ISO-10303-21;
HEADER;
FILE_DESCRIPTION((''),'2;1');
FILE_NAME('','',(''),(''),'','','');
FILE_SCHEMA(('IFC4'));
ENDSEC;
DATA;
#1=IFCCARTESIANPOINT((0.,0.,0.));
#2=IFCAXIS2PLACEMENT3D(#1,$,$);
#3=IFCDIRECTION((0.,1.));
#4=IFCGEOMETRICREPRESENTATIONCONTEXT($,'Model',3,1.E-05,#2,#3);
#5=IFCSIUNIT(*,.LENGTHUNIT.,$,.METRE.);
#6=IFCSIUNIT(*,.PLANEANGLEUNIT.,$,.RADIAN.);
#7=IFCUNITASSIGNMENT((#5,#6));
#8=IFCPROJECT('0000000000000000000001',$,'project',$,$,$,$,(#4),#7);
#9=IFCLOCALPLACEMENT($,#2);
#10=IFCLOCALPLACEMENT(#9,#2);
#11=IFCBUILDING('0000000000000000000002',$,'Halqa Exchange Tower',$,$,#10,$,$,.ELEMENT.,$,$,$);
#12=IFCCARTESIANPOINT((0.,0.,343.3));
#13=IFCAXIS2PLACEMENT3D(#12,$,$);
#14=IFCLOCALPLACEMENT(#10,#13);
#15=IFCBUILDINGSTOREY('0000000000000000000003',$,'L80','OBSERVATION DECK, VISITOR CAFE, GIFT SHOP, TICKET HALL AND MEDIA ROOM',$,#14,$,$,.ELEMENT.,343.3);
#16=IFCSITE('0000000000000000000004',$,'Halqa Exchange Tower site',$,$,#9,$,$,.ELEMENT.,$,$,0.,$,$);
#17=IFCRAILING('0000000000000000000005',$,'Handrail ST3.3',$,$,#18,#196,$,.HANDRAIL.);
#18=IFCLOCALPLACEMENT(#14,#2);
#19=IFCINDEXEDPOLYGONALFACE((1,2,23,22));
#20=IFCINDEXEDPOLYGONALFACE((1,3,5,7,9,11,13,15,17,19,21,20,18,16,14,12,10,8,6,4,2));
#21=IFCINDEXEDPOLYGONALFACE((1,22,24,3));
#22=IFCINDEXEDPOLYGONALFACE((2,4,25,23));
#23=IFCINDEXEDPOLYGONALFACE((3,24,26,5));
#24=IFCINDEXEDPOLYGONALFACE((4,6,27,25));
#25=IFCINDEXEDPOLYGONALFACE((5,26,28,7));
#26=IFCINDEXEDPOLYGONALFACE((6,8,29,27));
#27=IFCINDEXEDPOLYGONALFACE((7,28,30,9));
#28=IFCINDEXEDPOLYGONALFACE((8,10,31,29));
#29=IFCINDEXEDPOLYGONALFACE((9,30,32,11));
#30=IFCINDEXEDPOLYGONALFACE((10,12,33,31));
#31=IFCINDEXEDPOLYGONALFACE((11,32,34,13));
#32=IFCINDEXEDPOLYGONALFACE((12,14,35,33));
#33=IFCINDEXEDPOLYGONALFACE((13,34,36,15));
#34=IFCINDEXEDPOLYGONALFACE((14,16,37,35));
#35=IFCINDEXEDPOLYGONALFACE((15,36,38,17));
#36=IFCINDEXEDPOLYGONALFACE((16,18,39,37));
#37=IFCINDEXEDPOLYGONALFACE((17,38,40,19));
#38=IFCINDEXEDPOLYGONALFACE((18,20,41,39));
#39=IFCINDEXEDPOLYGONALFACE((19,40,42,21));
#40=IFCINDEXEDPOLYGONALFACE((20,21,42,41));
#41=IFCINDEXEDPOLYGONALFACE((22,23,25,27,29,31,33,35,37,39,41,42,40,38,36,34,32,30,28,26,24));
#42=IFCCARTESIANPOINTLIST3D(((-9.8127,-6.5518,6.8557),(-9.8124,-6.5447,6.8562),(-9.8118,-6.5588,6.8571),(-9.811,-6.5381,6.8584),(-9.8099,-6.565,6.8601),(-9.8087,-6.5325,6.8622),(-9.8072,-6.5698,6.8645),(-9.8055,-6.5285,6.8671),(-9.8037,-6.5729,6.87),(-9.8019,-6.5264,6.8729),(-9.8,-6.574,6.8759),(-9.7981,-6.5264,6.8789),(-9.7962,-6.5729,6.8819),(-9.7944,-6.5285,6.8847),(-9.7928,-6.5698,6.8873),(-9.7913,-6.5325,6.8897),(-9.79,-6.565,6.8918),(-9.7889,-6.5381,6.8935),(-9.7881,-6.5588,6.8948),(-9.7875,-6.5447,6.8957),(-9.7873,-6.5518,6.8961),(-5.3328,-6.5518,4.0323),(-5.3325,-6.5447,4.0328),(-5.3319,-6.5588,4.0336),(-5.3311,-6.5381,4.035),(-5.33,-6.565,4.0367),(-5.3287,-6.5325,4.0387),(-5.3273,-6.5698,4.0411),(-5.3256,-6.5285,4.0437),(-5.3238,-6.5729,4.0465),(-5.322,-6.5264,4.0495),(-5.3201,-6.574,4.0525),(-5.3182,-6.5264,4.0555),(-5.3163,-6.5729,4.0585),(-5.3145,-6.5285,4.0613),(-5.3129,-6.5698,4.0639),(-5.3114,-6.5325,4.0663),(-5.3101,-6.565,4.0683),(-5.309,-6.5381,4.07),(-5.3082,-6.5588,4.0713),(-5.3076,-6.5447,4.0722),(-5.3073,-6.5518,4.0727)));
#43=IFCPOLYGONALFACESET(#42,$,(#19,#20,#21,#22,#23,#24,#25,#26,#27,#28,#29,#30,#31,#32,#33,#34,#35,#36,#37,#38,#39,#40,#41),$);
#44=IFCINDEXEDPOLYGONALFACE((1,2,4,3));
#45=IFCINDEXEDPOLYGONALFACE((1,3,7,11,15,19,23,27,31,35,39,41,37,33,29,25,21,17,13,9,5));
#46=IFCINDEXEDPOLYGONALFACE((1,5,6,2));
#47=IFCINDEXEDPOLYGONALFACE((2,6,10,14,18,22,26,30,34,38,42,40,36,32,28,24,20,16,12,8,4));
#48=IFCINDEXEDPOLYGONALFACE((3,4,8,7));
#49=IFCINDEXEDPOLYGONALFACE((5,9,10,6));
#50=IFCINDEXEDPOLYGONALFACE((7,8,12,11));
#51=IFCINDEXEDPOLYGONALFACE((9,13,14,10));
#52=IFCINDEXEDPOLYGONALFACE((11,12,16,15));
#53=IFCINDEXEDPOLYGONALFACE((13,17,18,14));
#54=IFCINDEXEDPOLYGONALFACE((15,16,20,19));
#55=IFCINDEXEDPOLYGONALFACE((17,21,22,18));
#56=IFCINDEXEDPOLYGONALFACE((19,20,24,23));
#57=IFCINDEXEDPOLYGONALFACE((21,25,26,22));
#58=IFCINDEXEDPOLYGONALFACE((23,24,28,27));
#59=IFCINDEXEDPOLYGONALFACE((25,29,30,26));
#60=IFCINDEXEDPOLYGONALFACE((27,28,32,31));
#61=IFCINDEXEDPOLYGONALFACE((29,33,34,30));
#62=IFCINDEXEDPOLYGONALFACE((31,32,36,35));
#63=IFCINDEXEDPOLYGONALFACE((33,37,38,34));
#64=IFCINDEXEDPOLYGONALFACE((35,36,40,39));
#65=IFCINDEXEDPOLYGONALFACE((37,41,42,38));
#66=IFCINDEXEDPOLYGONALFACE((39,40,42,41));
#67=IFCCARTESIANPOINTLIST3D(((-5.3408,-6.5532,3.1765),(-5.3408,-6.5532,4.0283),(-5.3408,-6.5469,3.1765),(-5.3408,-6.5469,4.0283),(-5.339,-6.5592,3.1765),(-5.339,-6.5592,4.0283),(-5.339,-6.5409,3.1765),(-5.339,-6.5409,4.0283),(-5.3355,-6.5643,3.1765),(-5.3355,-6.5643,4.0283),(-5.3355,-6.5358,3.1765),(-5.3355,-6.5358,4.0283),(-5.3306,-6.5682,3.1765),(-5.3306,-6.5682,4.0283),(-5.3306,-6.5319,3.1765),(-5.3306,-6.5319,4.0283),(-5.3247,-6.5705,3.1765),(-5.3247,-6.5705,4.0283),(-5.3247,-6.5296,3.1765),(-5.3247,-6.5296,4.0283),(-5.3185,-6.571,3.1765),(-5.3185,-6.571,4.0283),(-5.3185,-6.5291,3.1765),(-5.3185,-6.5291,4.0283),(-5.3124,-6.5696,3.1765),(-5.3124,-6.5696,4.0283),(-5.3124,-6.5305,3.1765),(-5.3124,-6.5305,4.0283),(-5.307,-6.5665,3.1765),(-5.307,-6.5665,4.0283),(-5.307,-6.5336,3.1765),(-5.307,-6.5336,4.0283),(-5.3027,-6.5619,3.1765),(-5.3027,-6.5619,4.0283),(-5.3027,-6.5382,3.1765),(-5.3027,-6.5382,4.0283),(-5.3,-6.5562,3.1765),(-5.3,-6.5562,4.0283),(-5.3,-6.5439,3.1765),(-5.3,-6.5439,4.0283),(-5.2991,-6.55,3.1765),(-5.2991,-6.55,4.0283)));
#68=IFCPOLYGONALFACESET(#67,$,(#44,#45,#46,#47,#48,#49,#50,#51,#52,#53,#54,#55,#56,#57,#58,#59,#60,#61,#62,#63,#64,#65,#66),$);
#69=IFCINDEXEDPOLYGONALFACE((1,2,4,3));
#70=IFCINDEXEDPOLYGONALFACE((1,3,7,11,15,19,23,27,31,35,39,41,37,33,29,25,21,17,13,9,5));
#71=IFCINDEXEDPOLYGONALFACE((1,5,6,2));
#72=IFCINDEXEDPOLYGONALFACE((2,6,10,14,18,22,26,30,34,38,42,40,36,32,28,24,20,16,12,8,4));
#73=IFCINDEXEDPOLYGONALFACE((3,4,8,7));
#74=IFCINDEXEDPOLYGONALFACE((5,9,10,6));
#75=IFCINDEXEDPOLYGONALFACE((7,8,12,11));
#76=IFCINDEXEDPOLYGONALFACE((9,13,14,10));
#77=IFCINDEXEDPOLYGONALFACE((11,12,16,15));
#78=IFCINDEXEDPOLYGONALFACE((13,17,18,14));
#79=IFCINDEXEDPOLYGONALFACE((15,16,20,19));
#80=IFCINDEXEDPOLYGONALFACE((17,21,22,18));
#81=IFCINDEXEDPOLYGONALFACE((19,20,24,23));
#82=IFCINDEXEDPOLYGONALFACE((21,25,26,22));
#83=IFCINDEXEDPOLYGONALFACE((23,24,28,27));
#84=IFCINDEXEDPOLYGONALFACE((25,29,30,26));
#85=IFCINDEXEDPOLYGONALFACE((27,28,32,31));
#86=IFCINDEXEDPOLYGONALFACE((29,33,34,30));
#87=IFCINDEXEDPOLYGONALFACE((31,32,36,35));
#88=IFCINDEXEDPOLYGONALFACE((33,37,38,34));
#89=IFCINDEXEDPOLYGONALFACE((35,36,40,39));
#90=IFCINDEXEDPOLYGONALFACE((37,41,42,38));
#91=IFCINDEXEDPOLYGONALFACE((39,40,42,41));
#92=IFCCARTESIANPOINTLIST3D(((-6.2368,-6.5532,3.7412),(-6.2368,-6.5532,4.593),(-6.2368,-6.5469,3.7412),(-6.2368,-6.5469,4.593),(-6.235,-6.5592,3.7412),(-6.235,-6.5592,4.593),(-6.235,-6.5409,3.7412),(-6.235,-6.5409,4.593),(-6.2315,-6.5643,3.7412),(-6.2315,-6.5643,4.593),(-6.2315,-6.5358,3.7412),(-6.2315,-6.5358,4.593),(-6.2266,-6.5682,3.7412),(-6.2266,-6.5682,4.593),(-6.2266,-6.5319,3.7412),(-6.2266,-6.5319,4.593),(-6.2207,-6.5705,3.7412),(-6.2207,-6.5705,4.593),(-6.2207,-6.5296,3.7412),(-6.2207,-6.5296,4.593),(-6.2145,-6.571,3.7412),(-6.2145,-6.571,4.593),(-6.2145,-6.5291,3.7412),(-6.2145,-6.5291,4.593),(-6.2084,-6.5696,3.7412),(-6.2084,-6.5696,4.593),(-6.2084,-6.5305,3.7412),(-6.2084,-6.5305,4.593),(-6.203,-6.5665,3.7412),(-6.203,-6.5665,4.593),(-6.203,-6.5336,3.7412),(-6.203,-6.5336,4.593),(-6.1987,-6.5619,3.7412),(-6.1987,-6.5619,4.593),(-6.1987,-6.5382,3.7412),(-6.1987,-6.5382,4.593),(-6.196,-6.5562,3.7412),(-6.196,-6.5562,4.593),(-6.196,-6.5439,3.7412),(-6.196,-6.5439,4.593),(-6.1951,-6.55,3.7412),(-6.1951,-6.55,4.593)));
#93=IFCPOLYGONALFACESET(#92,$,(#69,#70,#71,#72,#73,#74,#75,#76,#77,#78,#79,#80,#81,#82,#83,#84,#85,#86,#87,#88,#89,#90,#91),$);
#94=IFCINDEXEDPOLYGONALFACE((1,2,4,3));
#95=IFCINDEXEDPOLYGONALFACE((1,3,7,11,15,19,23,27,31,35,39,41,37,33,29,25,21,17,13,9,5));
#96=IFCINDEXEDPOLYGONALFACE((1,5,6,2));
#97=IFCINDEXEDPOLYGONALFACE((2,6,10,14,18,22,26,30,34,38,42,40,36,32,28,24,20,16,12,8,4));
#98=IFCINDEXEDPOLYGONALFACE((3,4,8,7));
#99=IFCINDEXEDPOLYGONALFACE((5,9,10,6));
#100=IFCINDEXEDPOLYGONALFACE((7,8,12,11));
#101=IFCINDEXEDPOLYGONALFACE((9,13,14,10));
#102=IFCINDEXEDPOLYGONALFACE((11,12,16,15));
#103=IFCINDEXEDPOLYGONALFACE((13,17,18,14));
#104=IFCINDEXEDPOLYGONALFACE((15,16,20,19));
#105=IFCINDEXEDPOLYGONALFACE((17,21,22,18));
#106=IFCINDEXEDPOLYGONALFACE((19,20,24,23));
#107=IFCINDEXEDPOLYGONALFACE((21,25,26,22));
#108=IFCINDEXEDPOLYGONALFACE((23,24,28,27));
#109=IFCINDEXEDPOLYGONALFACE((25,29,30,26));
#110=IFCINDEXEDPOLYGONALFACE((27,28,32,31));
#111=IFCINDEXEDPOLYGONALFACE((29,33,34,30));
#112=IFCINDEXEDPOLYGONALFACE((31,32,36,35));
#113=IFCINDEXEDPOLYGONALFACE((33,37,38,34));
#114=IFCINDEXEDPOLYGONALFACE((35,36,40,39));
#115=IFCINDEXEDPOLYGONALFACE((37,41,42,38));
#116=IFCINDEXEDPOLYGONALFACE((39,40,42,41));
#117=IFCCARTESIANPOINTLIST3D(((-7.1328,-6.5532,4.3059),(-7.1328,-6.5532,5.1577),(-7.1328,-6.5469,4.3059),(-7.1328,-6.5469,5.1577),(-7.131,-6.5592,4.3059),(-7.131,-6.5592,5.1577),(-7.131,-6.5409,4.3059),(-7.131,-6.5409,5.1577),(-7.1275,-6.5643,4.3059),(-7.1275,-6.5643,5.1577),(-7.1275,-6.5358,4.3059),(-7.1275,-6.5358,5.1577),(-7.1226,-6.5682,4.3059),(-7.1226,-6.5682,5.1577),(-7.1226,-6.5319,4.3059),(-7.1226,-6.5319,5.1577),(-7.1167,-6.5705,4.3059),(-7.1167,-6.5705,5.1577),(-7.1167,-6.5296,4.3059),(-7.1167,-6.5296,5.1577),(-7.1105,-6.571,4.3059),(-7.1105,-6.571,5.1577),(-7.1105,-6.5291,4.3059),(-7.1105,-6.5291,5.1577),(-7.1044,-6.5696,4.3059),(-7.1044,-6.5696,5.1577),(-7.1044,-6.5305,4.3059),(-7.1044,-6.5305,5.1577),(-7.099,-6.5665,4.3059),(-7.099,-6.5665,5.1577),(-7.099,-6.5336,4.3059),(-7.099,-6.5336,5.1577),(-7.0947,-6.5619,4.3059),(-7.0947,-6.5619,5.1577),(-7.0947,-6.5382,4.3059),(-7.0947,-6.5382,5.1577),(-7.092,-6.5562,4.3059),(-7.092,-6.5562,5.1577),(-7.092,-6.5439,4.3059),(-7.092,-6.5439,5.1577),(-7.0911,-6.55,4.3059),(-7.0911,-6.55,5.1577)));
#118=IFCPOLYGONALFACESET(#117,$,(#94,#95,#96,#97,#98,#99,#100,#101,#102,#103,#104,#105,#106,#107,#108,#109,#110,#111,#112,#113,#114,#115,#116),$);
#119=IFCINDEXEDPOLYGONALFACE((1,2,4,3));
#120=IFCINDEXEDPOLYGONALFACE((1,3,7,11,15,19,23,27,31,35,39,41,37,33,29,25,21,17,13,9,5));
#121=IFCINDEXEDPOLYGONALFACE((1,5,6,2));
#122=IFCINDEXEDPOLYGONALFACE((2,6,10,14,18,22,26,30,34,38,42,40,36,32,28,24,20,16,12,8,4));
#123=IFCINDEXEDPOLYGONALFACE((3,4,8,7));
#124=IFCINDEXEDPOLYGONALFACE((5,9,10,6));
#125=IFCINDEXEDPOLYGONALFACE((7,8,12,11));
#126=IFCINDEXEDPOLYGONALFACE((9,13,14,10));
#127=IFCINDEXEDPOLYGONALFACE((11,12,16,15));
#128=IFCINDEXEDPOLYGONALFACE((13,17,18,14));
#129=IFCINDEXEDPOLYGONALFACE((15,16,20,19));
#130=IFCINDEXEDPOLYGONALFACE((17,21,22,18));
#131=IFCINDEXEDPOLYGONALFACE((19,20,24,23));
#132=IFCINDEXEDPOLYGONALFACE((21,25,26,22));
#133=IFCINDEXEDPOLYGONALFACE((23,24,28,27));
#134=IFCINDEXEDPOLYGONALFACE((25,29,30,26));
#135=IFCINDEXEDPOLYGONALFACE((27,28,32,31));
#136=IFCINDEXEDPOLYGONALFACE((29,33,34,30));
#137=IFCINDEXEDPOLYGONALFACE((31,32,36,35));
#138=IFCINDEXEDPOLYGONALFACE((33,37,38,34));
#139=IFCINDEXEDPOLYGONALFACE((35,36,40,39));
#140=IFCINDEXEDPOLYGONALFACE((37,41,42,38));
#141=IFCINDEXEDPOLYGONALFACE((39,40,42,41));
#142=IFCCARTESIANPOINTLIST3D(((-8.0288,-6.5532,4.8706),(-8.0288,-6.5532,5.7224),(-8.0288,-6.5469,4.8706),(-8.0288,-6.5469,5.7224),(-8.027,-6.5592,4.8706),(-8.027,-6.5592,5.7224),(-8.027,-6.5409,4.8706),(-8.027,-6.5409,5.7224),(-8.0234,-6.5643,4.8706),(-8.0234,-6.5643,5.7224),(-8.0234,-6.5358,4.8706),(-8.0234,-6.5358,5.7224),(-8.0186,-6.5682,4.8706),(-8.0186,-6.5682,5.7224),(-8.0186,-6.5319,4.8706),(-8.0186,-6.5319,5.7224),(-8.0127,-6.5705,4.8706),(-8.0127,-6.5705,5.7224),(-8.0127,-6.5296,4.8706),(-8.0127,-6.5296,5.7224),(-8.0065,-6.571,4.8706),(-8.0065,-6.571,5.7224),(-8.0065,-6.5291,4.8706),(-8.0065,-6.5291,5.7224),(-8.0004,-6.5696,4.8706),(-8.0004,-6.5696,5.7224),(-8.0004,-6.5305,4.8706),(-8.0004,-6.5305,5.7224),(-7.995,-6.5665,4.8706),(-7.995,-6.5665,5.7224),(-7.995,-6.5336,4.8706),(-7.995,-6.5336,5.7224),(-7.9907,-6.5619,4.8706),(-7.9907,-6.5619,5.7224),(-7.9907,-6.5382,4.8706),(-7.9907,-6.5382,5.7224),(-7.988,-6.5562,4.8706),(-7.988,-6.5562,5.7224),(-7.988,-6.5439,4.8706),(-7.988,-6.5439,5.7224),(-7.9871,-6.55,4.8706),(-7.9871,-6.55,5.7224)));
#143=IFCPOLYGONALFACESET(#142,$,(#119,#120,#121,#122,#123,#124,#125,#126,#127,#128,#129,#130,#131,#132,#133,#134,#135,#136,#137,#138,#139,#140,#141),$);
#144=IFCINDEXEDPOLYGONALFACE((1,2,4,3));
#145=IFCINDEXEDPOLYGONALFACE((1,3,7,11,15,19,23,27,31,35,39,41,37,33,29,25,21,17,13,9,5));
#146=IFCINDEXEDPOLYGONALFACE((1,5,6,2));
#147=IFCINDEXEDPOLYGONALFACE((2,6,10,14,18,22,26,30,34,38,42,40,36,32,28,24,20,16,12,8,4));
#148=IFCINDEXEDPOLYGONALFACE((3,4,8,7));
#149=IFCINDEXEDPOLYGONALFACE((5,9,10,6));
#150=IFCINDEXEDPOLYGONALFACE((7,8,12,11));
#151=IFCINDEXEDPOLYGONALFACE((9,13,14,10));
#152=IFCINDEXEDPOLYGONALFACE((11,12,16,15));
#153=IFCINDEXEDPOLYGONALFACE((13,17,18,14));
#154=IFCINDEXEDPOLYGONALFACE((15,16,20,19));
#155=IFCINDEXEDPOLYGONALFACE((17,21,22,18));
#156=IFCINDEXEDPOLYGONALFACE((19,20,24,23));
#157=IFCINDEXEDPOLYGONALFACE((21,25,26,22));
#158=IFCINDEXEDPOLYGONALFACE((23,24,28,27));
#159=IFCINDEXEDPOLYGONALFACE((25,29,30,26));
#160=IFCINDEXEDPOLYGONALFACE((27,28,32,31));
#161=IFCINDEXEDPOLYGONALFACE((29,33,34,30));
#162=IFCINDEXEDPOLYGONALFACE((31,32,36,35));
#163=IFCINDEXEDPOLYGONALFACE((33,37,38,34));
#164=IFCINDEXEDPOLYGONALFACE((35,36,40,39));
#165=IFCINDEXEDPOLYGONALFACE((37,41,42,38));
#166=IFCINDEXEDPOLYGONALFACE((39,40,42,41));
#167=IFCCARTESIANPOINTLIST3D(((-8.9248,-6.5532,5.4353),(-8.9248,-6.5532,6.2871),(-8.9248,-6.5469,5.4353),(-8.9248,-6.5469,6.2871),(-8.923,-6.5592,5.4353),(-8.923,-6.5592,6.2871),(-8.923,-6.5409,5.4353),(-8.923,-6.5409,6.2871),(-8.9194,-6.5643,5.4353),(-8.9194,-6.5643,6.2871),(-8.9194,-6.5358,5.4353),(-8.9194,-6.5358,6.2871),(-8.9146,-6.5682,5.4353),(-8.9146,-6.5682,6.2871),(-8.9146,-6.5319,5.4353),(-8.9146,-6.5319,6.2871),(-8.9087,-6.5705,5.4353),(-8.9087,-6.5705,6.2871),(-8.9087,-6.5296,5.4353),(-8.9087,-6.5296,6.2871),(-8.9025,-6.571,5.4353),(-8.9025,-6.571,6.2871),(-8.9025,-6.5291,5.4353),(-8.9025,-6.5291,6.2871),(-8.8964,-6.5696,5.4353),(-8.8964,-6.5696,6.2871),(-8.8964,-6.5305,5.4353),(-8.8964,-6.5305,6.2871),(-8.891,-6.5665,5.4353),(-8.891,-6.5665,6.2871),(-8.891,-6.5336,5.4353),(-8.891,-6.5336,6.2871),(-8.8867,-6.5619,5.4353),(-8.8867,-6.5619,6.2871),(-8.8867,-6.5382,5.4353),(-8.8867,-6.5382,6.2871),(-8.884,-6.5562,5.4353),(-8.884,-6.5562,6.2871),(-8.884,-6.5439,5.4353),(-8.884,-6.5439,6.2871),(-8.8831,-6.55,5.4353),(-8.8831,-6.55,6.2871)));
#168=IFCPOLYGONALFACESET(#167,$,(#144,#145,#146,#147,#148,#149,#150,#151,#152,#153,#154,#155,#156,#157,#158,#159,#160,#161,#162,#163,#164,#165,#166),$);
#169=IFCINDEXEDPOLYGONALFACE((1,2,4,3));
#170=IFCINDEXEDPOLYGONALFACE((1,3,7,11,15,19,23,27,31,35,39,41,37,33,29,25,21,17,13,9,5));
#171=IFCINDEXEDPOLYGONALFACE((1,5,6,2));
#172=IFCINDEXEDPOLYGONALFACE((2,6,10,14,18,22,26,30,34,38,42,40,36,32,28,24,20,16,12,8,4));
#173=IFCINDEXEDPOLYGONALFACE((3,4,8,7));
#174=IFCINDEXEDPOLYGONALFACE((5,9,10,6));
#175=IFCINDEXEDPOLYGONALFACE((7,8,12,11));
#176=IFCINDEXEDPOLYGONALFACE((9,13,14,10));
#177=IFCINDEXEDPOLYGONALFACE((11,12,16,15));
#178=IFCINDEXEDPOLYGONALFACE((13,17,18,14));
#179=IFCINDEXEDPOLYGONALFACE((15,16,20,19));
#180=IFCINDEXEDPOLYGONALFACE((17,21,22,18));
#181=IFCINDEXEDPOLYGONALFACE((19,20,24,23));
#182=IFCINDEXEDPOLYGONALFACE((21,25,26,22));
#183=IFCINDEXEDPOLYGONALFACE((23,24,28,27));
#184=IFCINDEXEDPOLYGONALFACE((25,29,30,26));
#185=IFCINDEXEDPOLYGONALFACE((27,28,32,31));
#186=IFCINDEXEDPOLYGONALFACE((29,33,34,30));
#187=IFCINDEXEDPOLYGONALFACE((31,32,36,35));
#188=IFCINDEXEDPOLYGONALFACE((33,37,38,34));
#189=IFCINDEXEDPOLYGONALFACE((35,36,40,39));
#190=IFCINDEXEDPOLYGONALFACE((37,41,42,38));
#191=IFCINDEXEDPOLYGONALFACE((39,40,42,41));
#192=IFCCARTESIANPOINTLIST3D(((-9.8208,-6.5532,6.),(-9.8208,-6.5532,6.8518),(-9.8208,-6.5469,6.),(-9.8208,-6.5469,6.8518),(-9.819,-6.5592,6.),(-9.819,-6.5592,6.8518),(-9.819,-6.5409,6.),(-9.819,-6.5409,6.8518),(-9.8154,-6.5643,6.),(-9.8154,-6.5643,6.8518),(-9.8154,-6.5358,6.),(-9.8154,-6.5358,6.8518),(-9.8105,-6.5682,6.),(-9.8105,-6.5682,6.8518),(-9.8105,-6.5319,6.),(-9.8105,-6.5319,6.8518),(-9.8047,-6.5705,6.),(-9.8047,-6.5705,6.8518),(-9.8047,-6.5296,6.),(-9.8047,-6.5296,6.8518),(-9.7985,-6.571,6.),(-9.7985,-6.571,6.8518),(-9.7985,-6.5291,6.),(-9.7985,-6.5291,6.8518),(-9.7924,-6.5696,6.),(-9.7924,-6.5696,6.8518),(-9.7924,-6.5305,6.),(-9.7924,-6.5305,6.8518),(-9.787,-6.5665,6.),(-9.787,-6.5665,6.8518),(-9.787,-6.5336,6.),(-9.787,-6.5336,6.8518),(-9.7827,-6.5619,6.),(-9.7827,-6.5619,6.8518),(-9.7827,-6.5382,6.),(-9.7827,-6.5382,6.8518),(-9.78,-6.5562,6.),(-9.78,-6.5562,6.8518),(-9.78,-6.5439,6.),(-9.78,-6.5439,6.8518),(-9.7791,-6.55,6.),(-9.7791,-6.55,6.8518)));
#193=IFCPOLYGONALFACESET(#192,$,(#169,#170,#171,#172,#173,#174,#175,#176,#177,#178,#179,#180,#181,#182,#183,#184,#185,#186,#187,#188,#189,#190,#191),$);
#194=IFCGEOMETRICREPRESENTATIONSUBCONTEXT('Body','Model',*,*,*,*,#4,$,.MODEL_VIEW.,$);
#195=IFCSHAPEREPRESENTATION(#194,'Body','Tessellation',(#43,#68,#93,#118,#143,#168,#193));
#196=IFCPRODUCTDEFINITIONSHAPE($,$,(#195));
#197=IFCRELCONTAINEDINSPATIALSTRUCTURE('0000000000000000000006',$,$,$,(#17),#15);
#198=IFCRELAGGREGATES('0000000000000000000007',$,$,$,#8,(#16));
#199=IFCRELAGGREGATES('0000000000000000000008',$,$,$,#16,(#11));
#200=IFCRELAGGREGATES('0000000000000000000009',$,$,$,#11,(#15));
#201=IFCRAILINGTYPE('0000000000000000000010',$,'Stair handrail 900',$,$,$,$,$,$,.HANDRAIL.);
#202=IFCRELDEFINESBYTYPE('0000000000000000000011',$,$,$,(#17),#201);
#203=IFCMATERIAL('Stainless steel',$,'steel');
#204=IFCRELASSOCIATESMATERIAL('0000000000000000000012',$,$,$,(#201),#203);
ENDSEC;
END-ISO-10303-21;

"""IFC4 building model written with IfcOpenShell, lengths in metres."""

from ifc_helpers import new_model, si_unit, direction, frame, origin, origin_2d, place, context, subcontext, project, spatial, circle, extrude, material, type_object, element, save


model = new_model("IFC4")

# Units and contexts
model_context = context("Model", 3, precision=1e-05, world=origin(), true_north=direction((0.0, 1.0)))
body_context = subcontext(model_context, "Body", "Model", "MODEL_VIEW")
ifc_project = project(units=[si_unit("LENGTHUNIT", "METRE"), si_unit("PLANEANGLEUNIT", "RADIAN")], contexts=[model_context])

# Site, building, storey
site_placement = place(None, origin())
site = spatial("IfcSite", under=ifc_project, at=site_placement, Name="Halqa Exchange Tower site", CompositionType="ELEMENT", RefElevation=0.0)
building_placement = place(site_placement, origin())
building = spatial("IfcBuilding", under=site, at=building_placement, Name="Halqa Exchange Tower", CompositionType="ELEMENT")
storey_placement = place(building_placement, frame((0.0, 0.0, 343.3)))
storey = spatial("IfcBuildingStorey", under=building, at=storey_placement, Name="L80", Description="OBSERVATION DECK, VISITOR CAFE, GIFT SHOP, TICKET HALL AND MEDIA ROOM", CompositionType="ELEMENT", Elevation=343.3)

# Shared definitions
ifc_material_1 = material(Name="Stainless steel", Category="steel")

# Railing
railing_type = type_object("IfcRailingType", Name="Stair handrail 900", PredefinedType="HANDRAIL", material=ifc_material_1)
railing_1_placement = place(storey_placement, frame((-5.3201, -6.55, 3.1765)))
element("IfcRailing", 1, at=railing_1_placement, inside=storey, type_object=railing_type, Name="Handrail ST3.3", PredefinedType="HANDRAIL", context=body_context, shape_type="SweptSolid", body=[
    extrude(circle(Radius=0.0239, at=origin_2d()), frame((0.0, 0.0, 0.876), z_axis=(-0.845998, 0.0, 0.533186), x_axis=(0.0, -1.0, 0.0)), (0.0, 0.0, 1.0), 5.2954),
    extrude(circle(Radius=0.021, at=origin_2d()), origin(), (0.0, 0.0, 1.0), 0.8518),
    extrude(circle(Radius=0.021, at=origin_2d()), frame((-0.896, 0.0, 0.5647)), (0.0, 0.0, 1.0), 0.8518),
    extrude(circle(Radius=0.021, at=origin_2d()), frame((-1.792, 0.0, 1.1294)), (0.0, 0.0, 1.0), 0.8518),
    extrude(circle(Radius=0.021, at=origin_2d()), frame((-2.688, 0.0, 1.6941)), (0.0, 0.0, 1.0), 0.8518),
    extrude(circle(Radius=0.021, at=origin_2d()), frame((-3.584, 0.0, 2.2588)), (0.0, 0.0, 1.0), 0.8518),
    extrude(circle(Radius=0.021, at=origin_2d()), frame((-4.48, 0.0, 2.8235)), (0.0, 0.0, 1.0), 0.8518),
])

save(model, "model.ifc")
